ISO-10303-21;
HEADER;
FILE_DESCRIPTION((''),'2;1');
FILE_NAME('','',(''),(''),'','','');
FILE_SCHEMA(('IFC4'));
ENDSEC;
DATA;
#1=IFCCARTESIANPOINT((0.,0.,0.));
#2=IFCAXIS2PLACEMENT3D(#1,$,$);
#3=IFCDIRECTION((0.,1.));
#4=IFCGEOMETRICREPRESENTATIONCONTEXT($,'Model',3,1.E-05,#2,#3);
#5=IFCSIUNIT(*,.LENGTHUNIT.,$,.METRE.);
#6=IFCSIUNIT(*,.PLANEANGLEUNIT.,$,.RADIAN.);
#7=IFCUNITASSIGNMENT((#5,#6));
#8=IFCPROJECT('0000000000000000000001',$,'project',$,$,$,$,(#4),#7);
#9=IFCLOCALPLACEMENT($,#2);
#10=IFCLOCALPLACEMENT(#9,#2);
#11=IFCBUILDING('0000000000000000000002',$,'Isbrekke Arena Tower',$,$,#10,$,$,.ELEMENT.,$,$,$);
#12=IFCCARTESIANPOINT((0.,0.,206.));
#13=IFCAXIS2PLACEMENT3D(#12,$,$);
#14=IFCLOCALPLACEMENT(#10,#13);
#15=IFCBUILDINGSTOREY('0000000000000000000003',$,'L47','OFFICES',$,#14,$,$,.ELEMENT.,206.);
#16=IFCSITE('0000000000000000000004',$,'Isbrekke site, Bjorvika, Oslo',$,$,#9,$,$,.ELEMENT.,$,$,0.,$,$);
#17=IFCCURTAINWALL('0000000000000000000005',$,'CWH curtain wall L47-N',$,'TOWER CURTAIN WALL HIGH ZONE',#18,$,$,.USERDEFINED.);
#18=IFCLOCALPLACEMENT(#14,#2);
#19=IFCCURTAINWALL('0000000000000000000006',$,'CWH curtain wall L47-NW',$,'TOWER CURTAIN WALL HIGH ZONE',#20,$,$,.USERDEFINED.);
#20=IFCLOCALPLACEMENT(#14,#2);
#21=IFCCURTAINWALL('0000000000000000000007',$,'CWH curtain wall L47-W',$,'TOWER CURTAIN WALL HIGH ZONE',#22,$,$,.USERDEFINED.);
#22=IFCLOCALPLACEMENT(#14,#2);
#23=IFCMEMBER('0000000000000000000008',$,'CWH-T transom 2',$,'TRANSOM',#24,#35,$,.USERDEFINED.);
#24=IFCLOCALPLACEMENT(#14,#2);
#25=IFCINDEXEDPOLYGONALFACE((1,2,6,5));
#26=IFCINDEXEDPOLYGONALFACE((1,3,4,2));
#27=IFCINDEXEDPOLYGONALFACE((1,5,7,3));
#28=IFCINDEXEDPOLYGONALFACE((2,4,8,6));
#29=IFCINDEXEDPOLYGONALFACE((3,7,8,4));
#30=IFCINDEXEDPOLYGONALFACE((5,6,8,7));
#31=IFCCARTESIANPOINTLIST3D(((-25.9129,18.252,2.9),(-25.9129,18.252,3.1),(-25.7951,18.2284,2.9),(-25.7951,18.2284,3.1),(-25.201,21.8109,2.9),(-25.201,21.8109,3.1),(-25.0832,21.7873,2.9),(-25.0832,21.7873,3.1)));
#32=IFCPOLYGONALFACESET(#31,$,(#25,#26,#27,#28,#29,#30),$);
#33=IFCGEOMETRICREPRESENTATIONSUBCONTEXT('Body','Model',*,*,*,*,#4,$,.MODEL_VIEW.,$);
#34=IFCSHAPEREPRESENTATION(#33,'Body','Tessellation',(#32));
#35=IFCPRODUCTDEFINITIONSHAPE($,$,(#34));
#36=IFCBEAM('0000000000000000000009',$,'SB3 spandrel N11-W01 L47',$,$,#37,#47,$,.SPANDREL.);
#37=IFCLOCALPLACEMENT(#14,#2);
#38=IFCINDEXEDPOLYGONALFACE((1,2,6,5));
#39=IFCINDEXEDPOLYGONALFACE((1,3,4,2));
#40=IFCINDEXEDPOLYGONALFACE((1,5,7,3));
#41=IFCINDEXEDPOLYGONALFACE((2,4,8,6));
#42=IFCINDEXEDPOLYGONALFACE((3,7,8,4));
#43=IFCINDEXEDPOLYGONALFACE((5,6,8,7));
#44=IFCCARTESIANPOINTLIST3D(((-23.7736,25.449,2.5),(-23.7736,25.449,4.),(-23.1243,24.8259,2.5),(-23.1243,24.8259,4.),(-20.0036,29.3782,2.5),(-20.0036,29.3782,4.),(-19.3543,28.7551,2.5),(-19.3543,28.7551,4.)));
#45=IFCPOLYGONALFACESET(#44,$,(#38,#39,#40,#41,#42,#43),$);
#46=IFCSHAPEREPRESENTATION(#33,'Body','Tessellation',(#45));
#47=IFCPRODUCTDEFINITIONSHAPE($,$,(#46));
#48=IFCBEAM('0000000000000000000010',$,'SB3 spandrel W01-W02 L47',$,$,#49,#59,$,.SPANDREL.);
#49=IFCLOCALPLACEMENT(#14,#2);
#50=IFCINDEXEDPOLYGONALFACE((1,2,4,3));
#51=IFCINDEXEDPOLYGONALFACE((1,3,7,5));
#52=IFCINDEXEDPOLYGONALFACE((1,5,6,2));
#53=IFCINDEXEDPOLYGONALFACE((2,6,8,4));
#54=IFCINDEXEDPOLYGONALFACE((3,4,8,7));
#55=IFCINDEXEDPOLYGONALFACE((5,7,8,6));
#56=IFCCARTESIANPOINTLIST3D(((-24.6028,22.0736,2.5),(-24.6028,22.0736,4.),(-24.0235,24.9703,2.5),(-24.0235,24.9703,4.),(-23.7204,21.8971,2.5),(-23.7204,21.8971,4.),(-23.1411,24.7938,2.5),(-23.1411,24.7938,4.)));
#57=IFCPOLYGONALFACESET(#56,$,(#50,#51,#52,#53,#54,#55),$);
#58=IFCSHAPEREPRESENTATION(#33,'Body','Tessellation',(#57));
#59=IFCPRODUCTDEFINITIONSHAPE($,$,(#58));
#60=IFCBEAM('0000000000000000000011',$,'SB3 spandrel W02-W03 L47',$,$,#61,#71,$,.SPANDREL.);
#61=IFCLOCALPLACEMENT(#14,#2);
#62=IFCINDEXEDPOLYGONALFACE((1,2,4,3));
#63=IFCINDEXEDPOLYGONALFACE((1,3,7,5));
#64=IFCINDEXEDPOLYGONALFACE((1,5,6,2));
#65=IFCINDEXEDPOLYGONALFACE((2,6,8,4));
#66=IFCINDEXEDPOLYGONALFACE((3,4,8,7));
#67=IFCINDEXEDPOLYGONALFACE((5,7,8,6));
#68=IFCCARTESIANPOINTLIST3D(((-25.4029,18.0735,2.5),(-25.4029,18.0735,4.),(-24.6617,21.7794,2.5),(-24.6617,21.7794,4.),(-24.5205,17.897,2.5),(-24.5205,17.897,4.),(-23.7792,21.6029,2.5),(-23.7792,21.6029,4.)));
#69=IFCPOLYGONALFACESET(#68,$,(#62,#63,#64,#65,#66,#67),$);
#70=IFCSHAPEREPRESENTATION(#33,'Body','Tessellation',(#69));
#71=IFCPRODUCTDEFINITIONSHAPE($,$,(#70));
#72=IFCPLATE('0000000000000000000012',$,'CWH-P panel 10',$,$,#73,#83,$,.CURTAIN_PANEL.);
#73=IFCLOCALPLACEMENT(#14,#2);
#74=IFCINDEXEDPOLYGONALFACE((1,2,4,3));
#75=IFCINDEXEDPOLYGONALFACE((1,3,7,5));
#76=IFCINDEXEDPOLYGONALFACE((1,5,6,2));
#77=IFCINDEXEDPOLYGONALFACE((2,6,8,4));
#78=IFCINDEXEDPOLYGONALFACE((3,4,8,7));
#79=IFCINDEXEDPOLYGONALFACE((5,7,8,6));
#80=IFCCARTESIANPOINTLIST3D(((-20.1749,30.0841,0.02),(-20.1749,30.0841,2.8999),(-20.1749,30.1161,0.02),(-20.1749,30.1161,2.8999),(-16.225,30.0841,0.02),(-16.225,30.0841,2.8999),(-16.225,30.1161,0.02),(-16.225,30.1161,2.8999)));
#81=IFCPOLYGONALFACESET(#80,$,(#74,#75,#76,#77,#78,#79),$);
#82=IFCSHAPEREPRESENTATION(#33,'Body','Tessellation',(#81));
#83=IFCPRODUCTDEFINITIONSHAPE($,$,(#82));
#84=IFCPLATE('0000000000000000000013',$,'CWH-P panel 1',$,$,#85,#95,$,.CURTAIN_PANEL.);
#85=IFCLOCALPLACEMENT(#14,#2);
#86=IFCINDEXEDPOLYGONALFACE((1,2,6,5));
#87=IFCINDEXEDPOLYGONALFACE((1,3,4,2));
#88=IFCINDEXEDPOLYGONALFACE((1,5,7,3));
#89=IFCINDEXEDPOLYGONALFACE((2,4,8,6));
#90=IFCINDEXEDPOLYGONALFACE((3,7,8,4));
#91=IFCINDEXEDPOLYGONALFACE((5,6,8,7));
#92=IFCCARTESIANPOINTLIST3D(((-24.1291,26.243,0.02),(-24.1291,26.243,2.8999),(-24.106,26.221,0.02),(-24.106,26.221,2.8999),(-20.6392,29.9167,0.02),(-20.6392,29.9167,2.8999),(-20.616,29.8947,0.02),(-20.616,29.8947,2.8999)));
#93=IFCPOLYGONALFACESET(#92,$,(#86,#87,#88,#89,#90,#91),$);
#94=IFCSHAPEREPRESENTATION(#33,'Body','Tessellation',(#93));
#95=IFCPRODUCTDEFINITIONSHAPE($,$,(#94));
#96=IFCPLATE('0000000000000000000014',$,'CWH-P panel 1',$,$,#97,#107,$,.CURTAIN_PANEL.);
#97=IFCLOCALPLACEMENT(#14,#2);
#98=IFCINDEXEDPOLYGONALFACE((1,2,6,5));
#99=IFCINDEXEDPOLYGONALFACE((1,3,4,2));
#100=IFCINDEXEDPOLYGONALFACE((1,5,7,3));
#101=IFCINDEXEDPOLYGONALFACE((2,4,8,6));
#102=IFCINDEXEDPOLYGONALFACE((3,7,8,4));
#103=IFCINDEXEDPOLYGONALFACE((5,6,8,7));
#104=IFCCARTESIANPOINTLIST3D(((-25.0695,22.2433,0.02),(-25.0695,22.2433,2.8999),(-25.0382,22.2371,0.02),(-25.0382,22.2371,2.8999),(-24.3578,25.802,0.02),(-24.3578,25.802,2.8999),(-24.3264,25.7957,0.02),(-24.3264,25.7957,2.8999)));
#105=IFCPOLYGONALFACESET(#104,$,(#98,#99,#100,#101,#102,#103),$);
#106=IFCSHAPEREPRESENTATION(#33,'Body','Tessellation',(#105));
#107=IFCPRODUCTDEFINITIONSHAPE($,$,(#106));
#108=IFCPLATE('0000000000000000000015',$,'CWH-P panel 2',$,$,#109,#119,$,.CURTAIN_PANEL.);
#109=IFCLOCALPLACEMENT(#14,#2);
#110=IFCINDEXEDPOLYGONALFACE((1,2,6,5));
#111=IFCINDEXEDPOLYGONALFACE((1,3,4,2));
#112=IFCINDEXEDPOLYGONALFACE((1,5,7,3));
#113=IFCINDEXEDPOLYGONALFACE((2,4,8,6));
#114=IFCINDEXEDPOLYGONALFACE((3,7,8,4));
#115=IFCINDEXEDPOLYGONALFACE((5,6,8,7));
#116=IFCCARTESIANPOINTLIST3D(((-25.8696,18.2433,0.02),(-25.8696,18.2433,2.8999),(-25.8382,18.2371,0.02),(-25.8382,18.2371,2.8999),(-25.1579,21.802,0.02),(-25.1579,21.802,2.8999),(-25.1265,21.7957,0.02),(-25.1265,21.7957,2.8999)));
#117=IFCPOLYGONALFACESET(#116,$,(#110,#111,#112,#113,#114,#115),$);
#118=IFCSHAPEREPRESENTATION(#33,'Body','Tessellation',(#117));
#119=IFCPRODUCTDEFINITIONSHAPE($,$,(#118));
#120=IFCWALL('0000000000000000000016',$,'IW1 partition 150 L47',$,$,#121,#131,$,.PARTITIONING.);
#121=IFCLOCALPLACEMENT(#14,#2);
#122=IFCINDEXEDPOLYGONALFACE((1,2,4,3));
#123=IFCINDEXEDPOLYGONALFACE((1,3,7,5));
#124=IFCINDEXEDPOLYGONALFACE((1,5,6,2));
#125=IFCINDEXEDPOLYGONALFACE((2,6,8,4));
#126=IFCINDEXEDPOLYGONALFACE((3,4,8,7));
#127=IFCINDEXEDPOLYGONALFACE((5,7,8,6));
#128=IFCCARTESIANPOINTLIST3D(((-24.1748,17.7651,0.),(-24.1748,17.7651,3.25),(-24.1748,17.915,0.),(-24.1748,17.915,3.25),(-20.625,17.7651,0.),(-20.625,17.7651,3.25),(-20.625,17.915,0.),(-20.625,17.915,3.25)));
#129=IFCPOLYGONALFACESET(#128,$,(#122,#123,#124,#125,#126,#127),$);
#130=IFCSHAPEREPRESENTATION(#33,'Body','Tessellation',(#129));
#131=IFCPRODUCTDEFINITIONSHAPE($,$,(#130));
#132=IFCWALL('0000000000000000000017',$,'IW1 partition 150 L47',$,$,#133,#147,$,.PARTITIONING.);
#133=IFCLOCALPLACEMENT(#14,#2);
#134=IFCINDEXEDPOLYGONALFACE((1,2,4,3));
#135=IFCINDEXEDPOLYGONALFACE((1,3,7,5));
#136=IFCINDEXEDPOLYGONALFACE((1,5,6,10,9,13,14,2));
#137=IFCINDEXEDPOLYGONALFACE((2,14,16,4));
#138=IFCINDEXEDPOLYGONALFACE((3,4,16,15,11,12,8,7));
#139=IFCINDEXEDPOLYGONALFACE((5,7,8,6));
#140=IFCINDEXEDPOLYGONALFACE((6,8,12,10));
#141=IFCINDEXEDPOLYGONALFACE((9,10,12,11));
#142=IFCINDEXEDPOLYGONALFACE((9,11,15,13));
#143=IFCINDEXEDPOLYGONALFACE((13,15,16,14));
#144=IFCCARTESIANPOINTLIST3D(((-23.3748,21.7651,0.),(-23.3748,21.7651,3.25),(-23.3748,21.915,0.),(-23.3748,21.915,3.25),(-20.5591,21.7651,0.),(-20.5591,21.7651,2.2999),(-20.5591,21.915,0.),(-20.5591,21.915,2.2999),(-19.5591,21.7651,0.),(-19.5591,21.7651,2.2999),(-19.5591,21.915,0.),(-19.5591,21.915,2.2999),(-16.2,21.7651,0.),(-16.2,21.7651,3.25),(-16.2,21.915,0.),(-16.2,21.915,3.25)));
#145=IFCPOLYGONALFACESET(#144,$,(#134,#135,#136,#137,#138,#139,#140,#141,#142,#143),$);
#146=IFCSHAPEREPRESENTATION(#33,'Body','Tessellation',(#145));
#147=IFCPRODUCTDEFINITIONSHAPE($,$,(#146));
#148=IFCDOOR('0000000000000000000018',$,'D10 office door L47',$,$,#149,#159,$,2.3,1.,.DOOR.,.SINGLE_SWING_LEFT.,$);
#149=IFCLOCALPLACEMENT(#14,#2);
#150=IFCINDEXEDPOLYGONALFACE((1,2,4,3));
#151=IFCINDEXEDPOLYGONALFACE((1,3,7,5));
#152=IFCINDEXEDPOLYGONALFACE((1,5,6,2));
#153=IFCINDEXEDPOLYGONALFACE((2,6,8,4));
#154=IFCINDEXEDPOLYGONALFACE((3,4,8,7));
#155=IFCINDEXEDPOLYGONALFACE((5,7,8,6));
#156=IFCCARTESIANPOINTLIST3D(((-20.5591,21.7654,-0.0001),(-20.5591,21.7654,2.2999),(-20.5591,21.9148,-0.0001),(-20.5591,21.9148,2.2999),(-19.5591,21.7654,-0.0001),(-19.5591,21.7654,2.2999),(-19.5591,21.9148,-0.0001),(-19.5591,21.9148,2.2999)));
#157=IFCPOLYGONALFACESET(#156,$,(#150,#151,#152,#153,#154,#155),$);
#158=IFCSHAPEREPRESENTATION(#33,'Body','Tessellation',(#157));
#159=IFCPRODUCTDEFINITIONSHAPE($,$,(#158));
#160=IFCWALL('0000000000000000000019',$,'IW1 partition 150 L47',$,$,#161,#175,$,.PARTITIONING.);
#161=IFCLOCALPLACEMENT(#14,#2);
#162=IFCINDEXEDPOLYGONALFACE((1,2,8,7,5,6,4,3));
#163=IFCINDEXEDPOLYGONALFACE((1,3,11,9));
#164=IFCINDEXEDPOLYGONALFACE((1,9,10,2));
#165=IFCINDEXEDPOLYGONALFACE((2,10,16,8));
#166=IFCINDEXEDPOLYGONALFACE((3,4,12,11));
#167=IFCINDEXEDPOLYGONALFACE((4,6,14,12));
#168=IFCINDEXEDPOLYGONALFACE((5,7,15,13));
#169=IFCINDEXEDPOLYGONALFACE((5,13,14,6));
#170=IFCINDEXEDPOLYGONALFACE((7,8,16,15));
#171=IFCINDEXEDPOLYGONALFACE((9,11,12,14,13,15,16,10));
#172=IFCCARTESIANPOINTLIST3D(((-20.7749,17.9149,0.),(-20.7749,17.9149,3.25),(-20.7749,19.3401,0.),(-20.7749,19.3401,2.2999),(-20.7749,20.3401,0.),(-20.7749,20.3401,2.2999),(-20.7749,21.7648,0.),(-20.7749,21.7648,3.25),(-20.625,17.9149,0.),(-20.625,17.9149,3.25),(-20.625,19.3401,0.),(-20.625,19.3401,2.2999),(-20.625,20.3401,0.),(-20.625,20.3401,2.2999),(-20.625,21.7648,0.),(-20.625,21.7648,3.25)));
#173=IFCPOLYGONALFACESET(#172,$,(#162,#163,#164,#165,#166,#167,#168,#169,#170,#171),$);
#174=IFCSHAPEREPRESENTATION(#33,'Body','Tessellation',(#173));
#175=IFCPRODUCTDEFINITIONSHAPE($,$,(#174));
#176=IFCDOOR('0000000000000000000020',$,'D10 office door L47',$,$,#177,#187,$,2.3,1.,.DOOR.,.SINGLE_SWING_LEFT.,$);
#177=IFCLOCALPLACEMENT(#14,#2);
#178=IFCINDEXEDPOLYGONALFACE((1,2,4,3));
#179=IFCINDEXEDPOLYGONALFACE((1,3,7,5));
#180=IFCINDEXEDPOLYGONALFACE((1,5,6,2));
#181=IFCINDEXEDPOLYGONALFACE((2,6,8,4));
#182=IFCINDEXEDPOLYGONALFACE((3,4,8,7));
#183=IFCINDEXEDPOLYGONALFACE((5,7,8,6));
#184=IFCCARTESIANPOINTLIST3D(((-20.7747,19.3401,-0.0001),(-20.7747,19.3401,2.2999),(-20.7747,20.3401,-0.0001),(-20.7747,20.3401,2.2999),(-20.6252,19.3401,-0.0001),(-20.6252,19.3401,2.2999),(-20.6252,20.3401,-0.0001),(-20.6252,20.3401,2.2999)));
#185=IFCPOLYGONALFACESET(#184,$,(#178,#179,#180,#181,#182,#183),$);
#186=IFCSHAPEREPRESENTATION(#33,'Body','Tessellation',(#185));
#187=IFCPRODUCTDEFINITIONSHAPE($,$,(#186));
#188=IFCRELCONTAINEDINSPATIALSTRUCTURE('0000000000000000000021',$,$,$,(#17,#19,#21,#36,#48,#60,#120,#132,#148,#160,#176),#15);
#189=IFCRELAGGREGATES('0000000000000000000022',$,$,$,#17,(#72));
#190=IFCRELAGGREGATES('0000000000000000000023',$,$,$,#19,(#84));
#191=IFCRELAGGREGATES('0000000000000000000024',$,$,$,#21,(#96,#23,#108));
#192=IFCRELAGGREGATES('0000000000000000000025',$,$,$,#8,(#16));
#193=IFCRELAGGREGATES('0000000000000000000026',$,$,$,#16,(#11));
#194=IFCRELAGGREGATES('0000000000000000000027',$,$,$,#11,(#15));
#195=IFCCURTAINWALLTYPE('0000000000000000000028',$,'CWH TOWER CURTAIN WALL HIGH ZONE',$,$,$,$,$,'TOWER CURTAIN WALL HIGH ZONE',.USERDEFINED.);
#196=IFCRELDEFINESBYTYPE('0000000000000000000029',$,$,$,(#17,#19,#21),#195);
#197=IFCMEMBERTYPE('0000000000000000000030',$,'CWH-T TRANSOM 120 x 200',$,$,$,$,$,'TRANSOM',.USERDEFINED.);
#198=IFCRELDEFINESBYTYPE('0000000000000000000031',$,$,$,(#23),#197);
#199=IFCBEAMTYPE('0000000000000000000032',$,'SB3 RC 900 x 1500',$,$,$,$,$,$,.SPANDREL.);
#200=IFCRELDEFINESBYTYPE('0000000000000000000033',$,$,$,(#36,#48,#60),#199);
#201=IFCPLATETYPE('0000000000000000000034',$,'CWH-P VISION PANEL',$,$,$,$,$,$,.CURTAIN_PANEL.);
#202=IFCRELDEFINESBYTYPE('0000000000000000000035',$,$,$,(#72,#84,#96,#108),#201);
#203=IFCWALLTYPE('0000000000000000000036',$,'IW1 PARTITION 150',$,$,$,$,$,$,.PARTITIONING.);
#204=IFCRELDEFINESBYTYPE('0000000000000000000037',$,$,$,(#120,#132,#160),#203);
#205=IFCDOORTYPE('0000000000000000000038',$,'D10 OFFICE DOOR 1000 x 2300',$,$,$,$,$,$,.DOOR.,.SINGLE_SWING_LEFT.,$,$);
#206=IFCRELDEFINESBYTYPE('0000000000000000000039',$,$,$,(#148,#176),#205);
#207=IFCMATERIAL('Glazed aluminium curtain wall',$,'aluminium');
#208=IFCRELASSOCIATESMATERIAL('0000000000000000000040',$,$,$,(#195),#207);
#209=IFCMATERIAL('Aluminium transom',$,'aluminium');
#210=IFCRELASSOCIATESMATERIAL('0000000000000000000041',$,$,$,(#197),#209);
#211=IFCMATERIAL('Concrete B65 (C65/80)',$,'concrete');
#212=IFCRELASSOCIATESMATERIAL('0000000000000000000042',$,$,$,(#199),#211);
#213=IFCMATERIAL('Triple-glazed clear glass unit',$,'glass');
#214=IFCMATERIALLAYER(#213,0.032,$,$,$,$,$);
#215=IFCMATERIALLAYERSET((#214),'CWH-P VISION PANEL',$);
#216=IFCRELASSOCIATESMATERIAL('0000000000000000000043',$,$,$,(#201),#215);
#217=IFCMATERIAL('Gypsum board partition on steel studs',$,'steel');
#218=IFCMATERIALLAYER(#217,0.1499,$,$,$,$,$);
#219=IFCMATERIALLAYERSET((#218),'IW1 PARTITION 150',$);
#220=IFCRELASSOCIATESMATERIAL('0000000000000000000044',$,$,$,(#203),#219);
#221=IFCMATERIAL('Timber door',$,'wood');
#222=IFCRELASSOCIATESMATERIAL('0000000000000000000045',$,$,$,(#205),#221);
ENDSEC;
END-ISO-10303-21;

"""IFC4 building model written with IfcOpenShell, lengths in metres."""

from ifc_helpers import new_model, si_unit, direction, frame, frame_2d, origin, origin_2d, place, context, subcontext, project, spatial, rectangle, extrude, material, layer, layer_set, material_profile, profile_set, type_object, element, fill, aggregate, save


model = new_model("IFC4")

# Units and contexts
model_context = context("Model", 3, precision=1e-05, world=origin(), true_north=direction((0.0, 1.0)))
body_context = subcontext(model_context, "Body", "Model", "MODEL_VIEW")
ifc_project = project(units=[si_unit("LENGTHUNIT", "METRE"), si_unit("PLANEANGLEUNIT", "RADIAN")], contexts=[model_context])

# Site, building, storey
site_placement = place(None, origin())
site = spatial("IfcSite", under=ifc_project, at=site_placement, Name="Isbrekke site, Bjorvika, Oslo", CompositionType="ELEMENT", RefElevation=0.0)
building_placement = place(site_placement, origin())
building = spatial("IfcBuilding", under=site, at=building_placement, Name="Isbrekke Arena Tower", CompositionType="ELEMENT")
storey_placement = place(building_placement, frame((0.0, 0.0, 206.0)))
storey = spatial("IfcBuildingStorey", under=building, at=storey_placement, Name="L47", Description="OFFICES", CompositionType="ELEMENT", Elevation=206.0)

# Curtain walls
ifc_material_1 = material(Name="Glazed aluminium curtain wall", Category="aluminium")
curtain_wall_type = type_object("IfcCurtainWallType", Name="CWH TOWER CURTAIN WALL HIGH ZONE", ElementType="TOWER CURTAIN WALL HIGH ZONE", PredefinedType="USERDEFINED", material=ifc_material_1)
curtain_wall_1_placement = place(storey_placement, origin())
curtain_wall_1 = element("IfcCurtainWall", 1, at=curtain_wall_1_placement, inside=storey, type_object=curtain_wall_type, Name="CWH curtain wall L47-N", ObjectType="TOWER CURTAIN WALL HIGH ZONE", PredefinedType="USERDEFINED")
curtain_wall_2_placement = place(storey_placement, origin())
curtain_wall_2 = element("IfcCurtainWall", 2, at=curtain_wall_2_placement, inside=storey, type_object=curtain_wall_type, Name="CWH curtain wall L47-NW", ObjectType="TOWER CURTAIN WALL HIGH ZONE", PredefinedType="USERDEFINED")

# Curtain wall
curtain_wall_3_placement = place(storey_placement, origin())
curtain_wall_3 = element("IfcCurtainWall", 3, at=curtain_wall_3_placement, inside=storey, type_object=curtain_wall_type, Name="CWH curtain wall L47-W", ObjectType="TOWER CURTAIN WALL HIGH ZONE", PredefinedType="USERDEFINED")

# Member
ifc_material_2 = material(Name="Aluminium transom", Category="aluminium")
ifc_material_profile_1 = material_profile(ifc_material_2, rectangle(XDim=0.1201, YDim=0.2, at=origin_2d()), Name="TRANSOM 120X200")
ifc_profile_set_1 = profile_set([ifc_material_profile_1], Name="Aluminium transom")
member_type_1 = type_object("IfcMemberType", Name="CWH-T TRANSOM 120 x 200", ElementType="TRANSOM", PredefinedType="USERDEFINED", material=ifc_profile_set_1)
member_1_placement = place(storey_placement, frame((-25.1421, 21.7991, 3.0), z_axis=(-0.196155, -0.980573, 0.0), x_axis=(0.980573, -0.196155, 0.0)))
member_1 = element("IfcMember", 4, at=member_1_placement, type_object=member_type_1, Name="CWH-T transom 2", ObjectType="TRANSOM", PredefinedType="USERDEFINED", context=body_context, shape_type="SweptSolid", body=[
    extrude(rectangle(XDim=0.1201, YDim=0.2, at=origin_2d()), origin(), (0.0, 0.0, 1.0), 3.6294),
])

# Beams
ifc_material_3 = material(Name="Concrete B65 (C65/80)", Category="concrete")
ifc_material_profile_2 = material_profile(ifc_material_3, rectangle(XDim=0.8999, YDim=1.5, at=origin_2d()), Name="RC 900x1500")
ifc_profile_set_2 = profile_set([ifc_material_profile_2], Name="Concrete B65 (C65/80)")
beam_type_1 = type_object("IfcBeamType", Name="SB3 RC 900 x 1500", PredefinedType="SPANDREL", material=ifc_profile_set_2)
beam_1_placement = place(storey_placement, frame((-19.679, 29.0667, 3.25), z_axis=(-0.69234, -0.721572, 0.0), x_axis=(0.721572, -0.69234, 0.0)))
element("IfcBeam", 5, at=beam_1_placement, inside=storey, type_object=beam_type_1, Name="SB3 spandrel N11-W01 L47", PredefinedType="SPANDREL", context=body_context, shape_type="SweptSolid", body=[
    extrude(rectangle(XDim=0.8999, YDim=1.5, at=origin_2d()), origin(), (0.0, 0.0, 1.0), 5.4453),
])
beam_2_placement = place(storey_placement, frame((-23.5823, 24.8821, 3.25), z_axis=(-0.196116, -0.980581, 0.0), x_axis=(0.980581, -0.196116, 0.0)))
element("IfcBeam", 6, at=beam_2_placement, inside=storey, type_object=beam_type_1, Name="SB3 spandrel W01-W02 L47", PredefinedType="SPANDREL", context=body_context, shape_type="SweptSolid", body=[
    extrude(rectangle(XDim=0.8999, YDim=1.5, at=origin_2d()), origin(), (0.0, 0.0, 1.0), 2.9541),
])
beam_3_placement = place(storey_placement, frame((-24.2205, 21.6912, 3.25), z_axis=(-0.196129, -0.980578, 0.0), x_axis=(0.980578, -0.196129, 0.0)))
element("IfcBeam", 7, at=beam_3_placement, inside=storey, type_object=beam_type_1, Name="SB3 spandrel W02-W03 L47", PredefinedType="SPANDREL", context=body_context, shape_type="SweptSolid", body=[
    extrude(rectangle(XDim=0.8999, YDim=1.5, at=origin_2d()), origin(), (0.0, 0.0, 1.0), 3.7793),
])

# Plates
ifc_material_4 = material(Name="Triple-glazed clear glass unit", Category="glass")
ifc_layer_1 = layer(ifc_material_4, 0.032)
ifc_layer_set_1 = layer_set([ifc_layer_1], Name="CWH-P VISION PANEL")
plate_type = type_object("IfcPlateType", Name="CWH-P VISION PANEL", PredefinedType="CURTAIN_PANEL", material=ifc_layer_set_1)
plate_1_placement = place(storey_placement, frame((-18.2, 30.1001, 0.02), z_axis=(0.0, 0.0, 1.0), x_axis=(-1.0, 0.0, 0.0)))
plate_1 = element("IfcPlate", 8, at=plate_1_placement, type_object=plate_type, Name="CWH-P panel 10", PredefinedType="CURTAIN_PANEL", context=body_context, shape_type="SweptSolid", body=[
    extrude(rectangle(XDim=3.95, YDim=0.032, at=origin_2d()), origin(), (0.0, 0.0, 1.0), 2.8799),
])
aggregate(curtain_wall_1, [plate_1])
plate_2_placement = place(storey_placement, frame((-22.3726, 28.0688, 0.02), z_axis=(0.0, 0.0, 1.0), x_axis=(-0.688749, -0.724999, 0.0)))
plate_2 = element("IfcPlate", 9, at=plate_2_placement, type_object=plate_type, Name="CWH-P panel 1", PredefinedType="CURTAIN_PANEL", context=body_context, shape_type="SweptSolid", body=[
    extrude(rectangle(XDim=5.0671, YDim=0.032, at=origin_2d()), origin(), (0.0, 0.0, 1.0), 2.8799),
])
aggregate(curtain_wall_2, [plate_2])
plate_3_placement = place(storey_placement, frame((-24.698, 24.0195, 0.02), z_axis=(0.0, 0.0, 1.0), x_axis=(-0.196116, -0.980581, 0.0)))
plate_3 = element("IfcPlate", 10, at=plate_3_placement, type_object=plate_type, Name="CWH-P panel 1", PredefinedType="CURTAIN_PANEL", context=body_context, shape_type="SweptSolid", body=[
    extrude(rectangle(XDim=3.6292, YDim=0.032, at=origin_2d()), origin(), (0.0, 0.0, 1.0), 2.8799),
])
plate_4_placement = place(storey_placement, frame((-25.498, 20.0195, 0.02), z_axis=(0.0, 0.0, 1.0), x_axis=(-0.196116, -0.980581, 0.0)))
plate_4 = element("IfcPlate", 11, at=plate_4_placement, type_object=plate_type, Name="CWH-P panel 2", PredefinedType="CURTAIN_PANEL", context=body_context, shape_type="SweptSolid", body=[
    extrude(rectangle(XDim=3.6292, YDim=0.032, at=origin_2d()), origin(), (0.0, 0.0, 1.0), 2.8799),
])
aggregate(curtain_wall_3, [plate_3, member_1, plate_4])

# Wall
ifc_material_5 = material(Name="Gypsum board partition on steel studs", Category="steel")
ifc_layer_2 = layer(ifc_material_5, 0.1499)
ifc_layer_set_2 = layer_set([ifc_layer_2], Name="IW1 PARTITION 150")
wall_type = type_object("IfcWallType", Name="IW1 PARTITION 150", PredefinedType="PARTITIONING", material=ifc_layer_set_2)
wall_1_placement = place(storey_placement, frame((-24.1748, 17.8401, 0.0), z_axis=(0.0, 0.0, 1.0), x_axis=(1.0, 0.0, 0.0)))
element("IfcWall", 12, at=wall_1_placement, inside=storey, type_object=wall_type, Name="IW1 partition 150 L47", PredefinedType="PARTITIONING", context=body_context, shape_type="SweptSolid", body=[
    extrude(rectangle(XDim=3.5498, YDim=0.1499, at=frame_2d((1.7749, 0.0))), origin(), (0.0, 0.0, 1.0), 3.25),
])

# Walls, openings, doors
wall_2_placement = place(storey_placement, frame((-23.3748, 21.8401, 0.0), z_axis=(0.0, 0.0, 1.0), x_axis=(1.0, 0.0, 0.0)))
wall_2 = element("IfcWall", 13, at=wall_2_placement, inside=storey, type_object=wall_type, Name="IW1 partition 150 L47", PredefinedType="PARTITIONING", context=body_context, shape_type="SweptSolid", body=[
    extrude(rectangle(XDim=7.1748, YDim=0.1499, at=frame_2d((3.5874, 0.0))), origin(), (0.0, 0.0, 1.0), 3.25),
])
opening_1_placement = place(wall_2_placement, frame((2.8157, 0.0, 0.0)))
opening_1 = element("IfcOpeningElement", 14, at=opening_1_placement, cuts=wall_2, PredefinedType="OPENING", context=body_context, shape_type="SweptSolid", body=[
    extrude(rectangle(XDim=1.0, YDim=2.3, at=frame_2d((0.5, 1.1499))), frame((0.0, 0.0898, 0.0), z_axis=(0.0, -1.0, 0.0), x_axis=(1.0, 0.0, 0.0)), (0.0, 0.0, 1.0), 0.1797),
])
ifc_material_6 = material(Name="Timber door", Category="wood")
door_type = type_object("IfcDoorType", Name="D10 OFFICE DOOR 1000 x 2300", OperationType="SINGLE_SWING_LEFT", PredefinedType="DOOR", material=ifc_material_6)
door_1_placement = place(opening_1_placement, origin())
door_1 = element("IfcDoor", 15, at=door_1_placement, inside=storey, type_object=door_type, Name="D10 office door L47", OperationType="SINGLE_SWING_LEFT", OverallHeight=2.3, OverallWidth=1.0, PredefinedType="DOOR", context=body_context, shape_type="SweptSolid", body=[
    extrude(rectangle(XDim=1.0, YDim=2.3, at=frame_2d((0.5, 1.1499))), frame((0.0, 0.0747, 0.0), z_axis=(0.0, -1.0, 0.0), x_axis=(1.0, 0.0, 0.0)), (0.0, 0.0, 1.0), 0.1494),
])
fill(opening_1, door_1)
wall_3_placement = place(storey_placement, frame((-20.7, 17.915, 0.0), z_axis=(0.0, 0.0, 1.0), x_axis=(0.0, 1.0, 0.0)))
wall_3 = element("IfcWall", 16, at=wall_3_placement, inside=storey, type_object=wall_type, Name="IW1 partition 150 L47", PredefinedType="PARTITIONING", context=body_context, shape_type="SweptSolid", body=[
    extrude(rectangle(XDim=3.8499, YDim=0.1499, at=frame_2d((1.9248, 0.0))), origin(), (0.0, 0.0, 1.0), 3.25),
])
opening_2_placement = place(wall_3_placement, frame((1.425, 0.0, 0.0)))
opening_2 = element("IfcOpeningElement", 17, at=opening_2_placement, cuts=wall_3, PredefinedType="OPENING", context=body_context, shape_type="SweptSolid", body=[
    extrude(rectangle(XDim=1.0, YDim=2.3, at=frame_2d((0.5, 1.1499))), frame((0.0, 0.0898, 0.0), z_axis=(0.0, -1.0, 0.0), x_axis=(1.0, 0.0, 0.0)), (0.0, 0.0, 1.0), 0.1797),
])
door_2_placement = place(opening_2_placement, origin())
door_2 = element("IfcDoor", 18, at=door_2_placement, inside=storey, type_object=door_type, Name="D10 office door L47", OperationType="SINGLE_SWING_LEFT", OverallHeight=2.3, OverallWidth=1.0, PredefinedType="DOOR", context=body_context, shape_type="SweptSolid", body=[
    extrude(rectangle(XDim=1.0, YDim=2.3, at=frame_2d((0.5, 1.1499))), frame((0.0, 0.0747, 0.0), z_axis=(0.0, -1.0, 0.0), x_axis=(1.0, 0.0, 0.0)), (0.0, 0.0, 1.0), 0.1494),
])
fill(opening_2, door_2)

save(model, "model.ifc")
